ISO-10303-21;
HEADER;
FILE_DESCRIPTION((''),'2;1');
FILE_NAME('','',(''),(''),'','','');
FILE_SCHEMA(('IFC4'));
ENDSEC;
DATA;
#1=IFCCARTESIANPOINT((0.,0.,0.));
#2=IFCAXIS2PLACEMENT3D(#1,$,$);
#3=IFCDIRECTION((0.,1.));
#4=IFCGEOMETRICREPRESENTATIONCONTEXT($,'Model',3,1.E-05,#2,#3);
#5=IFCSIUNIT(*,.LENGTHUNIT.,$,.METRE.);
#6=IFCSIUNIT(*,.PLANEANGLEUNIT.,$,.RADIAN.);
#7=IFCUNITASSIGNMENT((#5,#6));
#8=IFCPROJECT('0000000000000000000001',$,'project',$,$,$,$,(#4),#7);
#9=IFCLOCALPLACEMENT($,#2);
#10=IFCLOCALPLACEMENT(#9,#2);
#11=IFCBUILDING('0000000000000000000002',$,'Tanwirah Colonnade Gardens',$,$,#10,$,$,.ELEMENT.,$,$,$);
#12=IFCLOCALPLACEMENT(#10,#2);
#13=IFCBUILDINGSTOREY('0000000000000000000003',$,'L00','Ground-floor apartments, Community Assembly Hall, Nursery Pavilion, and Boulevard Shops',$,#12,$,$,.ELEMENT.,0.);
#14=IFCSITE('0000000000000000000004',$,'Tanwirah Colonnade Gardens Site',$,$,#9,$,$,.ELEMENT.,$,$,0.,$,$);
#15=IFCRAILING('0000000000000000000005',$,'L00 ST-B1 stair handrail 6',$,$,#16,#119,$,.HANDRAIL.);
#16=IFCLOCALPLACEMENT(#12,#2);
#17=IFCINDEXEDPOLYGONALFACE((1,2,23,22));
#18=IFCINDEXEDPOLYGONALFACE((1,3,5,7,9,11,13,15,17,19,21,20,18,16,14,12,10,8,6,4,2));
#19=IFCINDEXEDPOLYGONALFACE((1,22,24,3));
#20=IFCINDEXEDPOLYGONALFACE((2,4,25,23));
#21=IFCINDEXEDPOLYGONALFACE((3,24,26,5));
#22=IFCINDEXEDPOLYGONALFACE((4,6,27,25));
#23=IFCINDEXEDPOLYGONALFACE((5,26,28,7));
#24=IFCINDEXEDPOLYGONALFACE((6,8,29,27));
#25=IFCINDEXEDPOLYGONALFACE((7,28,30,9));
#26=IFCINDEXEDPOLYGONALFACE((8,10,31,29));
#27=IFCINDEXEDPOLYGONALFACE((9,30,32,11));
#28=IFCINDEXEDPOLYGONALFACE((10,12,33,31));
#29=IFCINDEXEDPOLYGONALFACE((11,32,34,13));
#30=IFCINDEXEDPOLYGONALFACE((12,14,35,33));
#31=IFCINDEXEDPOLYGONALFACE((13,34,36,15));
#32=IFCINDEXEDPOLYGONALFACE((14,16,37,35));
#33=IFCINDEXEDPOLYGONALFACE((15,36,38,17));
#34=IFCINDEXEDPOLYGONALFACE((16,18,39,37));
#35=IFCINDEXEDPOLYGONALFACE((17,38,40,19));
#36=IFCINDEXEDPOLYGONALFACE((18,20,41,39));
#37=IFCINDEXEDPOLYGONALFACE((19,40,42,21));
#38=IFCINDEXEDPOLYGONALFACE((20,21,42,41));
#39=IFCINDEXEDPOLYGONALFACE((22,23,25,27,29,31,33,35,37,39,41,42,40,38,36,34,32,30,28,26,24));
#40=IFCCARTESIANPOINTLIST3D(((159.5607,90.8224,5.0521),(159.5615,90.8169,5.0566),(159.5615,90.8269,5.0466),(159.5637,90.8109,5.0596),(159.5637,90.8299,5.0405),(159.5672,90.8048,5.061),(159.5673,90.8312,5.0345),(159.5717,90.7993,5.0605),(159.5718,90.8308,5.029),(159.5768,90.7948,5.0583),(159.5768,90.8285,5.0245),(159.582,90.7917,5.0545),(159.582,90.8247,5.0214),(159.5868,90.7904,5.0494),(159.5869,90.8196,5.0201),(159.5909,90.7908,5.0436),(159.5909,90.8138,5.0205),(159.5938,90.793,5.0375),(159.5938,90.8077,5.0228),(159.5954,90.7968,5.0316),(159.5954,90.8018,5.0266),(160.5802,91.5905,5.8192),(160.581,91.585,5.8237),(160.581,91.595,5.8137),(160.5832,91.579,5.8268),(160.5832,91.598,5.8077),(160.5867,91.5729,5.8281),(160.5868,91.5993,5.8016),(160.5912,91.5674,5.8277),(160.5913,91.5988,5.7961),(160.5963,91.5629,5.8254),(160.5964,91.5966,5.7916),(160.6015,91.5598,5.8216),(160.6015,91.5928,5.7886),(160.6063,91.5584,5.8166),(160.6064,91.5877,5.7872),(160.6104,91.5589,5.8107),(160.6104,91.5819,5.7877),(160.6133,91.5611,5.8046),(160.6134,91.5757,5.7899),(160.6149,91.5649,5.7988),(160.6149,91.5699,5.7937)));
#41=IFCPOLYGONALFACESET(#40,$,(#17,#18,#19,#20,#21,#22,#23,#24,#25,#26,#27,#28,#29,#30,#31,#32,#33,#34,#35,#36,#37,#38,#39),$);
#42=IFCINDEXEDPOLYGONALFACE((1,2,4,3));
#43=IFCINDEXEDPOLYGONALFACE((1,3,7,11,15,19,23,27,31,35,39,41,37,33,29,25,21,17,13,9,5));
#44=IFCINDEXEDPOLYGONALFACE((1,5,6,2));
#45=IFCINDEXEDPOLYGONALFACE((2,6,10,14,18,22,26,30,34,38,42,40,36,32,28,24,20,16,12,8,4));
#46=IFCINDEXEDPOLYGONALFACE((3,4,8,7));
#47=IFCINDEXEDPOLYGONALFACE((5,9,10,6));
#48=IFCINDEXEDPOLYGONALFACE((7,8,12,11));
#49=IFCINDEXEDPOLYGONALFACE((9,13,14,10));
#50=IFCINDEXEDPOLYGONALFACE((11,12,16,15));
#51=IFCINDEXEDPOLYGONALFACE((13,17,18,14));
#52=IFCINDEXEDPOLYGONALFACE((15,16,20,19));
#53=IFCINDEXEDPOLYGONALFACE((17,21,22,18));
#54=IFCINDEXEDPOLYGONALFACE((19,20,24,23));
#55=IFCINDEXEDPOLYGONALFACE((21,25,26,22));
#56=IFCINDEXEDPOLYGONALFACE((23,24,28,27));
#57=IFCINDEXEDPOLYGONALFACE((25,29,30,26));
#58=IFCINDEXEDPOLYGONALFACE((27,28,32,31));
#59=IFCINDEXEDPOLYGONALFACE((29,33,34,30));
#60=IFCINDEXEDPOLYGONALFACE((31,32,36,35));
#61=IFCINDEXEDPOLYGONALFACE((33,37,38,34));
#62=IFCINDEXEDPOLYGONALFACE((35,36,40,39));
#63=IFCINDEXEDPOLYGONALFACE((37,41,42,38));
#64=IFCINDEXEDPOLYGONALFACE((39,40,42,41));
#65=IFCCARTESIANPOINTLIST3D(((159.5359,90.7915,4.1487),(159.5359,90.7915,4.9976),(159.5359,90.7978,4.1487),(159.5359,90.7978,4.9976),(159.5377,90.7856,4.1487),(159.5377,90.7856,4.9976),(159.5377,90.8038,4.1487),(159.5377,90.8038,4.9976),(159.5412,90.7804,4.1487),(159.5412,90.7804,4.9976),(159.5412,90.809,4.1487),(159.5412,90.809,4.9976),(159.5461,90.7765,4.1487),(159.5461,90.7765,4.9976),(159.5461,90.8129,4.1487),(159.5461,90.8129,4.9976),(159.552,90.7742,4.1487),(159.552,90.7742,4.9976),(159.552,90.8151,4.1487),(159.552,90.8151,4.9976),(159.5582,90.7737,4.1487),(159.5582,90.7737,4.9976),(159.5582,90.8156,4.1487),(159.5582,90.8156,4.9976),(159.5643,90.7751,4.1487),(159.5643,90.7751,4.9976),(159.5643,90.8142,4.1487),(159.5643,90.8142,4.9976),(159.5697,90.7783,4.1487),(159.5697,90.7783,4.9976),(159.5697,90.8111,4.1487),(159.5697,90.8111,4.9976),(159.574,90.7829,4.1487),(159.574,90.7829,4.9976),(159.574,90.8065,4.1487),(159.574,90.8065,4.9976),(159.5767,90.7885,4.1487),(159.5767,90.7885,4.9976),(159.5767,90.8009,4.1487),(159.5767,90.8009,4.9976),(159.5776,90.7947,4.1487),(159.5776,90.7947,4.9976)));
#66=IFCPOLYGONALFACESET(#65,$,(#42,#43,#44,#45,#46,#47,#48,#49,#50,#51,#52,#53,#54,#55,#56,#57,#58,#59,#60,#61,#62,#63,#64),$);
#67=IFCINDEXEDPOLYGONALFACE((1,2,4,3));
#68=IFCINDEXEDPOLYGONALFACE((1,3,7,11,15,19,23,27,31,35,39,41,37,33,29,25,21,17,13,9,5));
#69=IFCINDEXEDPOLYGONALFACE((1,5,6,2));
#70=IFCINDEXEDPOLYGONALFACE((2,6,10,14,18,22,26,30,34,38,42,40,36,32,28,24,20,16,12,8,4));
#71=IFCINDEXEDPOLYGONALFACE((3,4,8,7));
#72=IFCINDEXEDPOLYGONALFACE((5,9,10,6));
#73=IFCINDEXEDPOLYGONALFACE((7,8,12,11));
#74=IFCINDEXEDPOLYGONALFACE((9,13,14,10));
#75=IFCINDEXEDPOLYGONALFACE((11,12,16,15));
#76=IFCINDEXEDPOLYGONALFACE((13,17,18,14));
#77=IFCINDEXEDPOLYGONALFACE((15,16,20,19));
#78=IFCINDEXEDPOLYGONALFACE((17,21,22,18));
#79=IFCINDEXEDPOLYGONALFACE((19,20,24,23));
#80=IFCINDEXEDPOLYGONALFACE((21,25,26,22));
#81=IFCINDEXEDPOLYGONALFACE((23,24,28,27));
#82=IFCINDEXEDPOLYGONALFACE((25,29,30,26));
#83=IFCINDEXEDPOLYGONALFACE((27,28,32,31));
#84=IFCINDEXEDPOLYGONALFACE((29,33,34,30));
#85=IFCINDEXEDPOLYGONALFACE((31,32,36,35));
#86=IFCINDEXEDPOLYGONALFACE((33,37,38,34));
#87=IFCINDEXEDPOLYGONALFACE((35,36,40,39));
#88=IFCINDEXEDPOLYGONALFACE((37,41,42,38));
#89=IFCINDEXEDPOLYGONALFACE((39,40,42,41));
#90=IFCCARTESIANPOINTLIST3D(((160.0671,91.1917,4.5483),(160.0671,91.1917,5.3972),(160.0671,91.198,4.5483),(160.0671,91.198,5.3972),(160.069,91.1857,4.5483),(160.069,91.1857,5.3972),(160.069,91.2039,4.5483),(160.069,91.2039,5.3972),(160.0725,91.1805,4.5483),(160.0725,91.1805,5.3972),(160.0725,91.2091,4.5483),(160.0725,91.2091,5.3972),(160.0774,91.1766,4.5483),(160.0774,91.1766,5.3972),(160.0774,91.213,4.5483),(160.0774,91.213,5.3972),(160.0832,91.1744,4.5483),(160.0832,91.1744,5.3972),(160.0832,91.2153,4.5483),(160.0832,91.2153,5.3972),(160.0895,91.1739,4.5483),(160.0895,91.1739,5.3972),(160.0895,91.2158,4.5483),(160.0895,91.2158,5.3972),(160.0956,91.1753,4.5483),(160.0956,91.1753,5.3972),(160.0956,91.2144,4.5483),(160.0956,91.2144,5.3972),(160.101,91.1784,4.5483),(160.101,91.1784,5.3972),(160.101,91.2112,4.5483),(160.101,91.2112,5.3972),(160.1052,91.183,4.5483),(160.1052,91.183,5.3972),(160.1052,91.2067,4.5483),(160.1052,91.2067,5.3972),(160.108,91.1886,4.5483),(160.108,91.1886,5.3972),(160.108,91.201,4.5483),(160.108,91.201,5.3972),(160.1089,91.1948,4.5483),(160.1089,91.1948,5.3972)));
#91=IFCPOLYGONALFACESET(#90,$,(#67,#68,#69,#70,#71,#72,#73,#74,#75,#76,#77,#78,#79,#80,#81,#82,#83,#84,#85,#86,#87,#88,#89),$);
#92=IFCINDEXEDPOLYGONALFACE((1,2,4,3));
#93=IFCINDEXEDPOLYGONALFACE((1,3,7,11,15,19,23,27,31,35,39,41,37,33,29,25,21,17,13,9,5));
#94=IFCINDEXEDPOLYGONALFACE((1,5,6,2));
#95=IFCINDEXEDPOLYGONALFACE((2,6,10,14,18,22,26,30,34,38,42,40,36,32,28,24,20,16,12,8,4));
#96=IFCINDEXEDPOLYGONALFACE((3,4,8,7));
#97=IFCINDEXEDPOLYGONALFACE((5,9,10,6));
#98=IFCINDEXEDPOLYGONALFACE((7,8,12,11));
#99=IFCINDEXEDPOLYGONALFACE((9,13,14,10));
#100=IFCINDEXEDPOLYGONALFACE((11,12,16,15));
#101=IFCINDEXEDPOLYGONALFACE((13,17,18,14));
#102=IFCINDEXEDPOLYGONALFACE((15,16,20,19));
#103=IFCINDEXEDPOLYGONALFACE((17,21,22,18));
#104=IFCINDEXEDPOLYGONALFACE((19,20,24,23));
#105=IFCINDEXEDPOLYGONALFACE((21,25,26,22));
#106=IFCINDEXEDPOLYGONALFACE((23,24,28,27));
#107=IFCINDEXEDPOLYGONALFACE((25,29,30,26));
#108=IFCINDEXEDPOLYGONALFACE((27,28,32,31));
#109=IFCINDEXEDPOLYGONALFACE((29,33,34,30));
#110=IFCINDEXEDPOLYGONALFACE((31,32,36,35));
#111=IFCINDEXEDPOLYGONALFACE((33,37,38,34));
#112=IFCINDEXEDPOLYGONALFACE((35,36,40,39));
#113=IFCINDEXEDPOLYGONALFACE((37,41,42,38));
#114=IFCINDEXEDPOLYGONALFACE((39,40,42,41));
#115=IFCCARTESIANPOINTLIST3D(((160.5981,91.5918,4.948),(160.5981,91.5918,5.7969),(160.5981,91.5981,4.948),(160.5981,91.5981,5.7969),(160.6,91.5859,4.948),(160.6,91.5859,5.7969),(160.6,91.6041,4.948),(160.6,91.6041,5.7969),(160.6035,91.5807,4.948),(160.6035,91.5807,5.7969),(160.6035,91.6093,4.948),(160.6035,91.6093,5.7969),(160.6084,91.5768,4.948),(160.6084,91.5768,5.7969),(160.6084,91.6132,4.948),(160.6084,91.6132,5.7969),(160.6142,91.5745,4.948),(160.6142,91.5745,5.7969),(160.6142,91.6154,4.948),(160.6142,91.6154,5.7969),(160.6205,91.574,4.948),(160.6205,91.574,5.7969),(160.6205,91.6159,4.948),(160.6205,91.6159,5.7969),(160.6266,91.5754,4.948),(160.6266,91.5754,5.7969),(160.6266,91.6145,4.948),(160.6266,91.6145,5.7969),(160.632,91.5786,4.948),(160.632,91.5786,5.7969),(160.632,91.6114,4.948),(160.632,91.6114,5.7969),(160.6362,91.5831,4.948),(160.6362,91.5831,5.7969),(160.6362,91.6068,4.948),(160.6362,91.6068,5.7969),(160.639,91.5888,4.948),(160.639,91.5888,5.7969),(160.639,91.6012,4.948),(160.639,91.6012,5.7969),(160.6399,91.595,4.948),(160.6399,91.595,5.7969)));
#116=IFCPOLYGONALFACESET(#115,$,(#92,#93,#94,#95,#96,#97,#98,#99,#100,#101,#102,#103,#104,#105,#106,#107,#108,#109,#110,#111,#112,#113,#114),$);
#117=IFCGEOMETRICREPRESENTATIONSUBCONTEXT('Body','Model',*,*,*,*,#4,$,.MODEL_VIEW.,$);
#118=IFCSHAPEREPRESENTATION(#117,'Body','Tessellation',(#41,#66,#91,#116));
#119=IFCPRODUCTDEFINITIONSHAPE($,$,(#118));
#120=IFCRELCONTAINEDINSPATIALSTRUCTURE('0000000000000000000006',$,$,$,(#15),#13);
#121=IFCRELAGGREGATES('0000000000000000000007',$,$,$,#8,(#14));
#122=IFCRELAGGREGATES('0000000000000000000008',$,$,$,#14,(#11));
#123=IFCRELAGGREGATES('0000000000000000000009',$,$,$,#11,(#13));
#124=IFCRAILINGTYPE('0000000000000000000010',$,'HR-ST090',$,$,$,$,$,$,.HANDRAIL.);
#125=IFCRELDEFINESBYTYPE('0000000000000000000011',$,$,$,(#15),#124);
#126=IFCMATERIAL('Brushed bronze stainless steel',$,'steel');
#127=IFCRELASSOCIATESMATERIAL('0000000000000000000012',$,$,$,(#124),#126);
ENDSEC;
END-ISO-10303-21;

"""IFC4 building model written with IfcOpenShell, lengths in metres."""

from ifc_helpers import new_model, si_unit, direction, frame, origin, origin_2d, place, context, subcontext, project, spatial, circle, extrude, material, type_object, element, save


model = new_model("IFC4")

# Units and contexts
model_context = context("Model", 3, precision=1e-05, world=origin(), true_north=direction((0.0, 1.0)))
body_context = subcontext(model_context, "Body", "Model", "MODEL_VIEW")
ifc_project = project(units=[si_unit("LENGTHUNIT", "METRE"), si_unit("PLANEANGLEUNIT", "RADIAN")], contexts=[model_context])

# Site, building, storey
site_placement = place(None, origin())
site = spatial("IfcSite", under=ifc_project, at=site_placement, Name="Tanwirah Colonnade Gardens Site", CompositionType="ELEMENT", RefElevation=0.0)
building_placement = place(site_placement, origin())
building = spatial("IfcBuilding", under=site, at=building_placement, Name="Tanwirah Colonnade Gardens", CompositionType="ELEMENT")
storey_placement = place(building_placement, origin())
storey = spatial("IfcBuildingStorey", under=building, at=storey_placement, Name="L00", Description="Ground-floor apartments, Community Assembly Hall, Nursery Pavilion, and Boulevard Shops", CompositionType="ELEMENT", Elevation=0.0)

# Railing
ifc_material_1 = material(Name="Brushed bronze stainless steel", Category="steel")
railing_type = type_object("IfcRailingType", Name="HR-ST090", PredefinedType="HANDRAIL", material=ifc_material_1)
railing_1_placement = place(storey_placement, frame((159.5566, 90.7947, 4.1487)))
element("IfcRailing", 1, at=railing_1_placement, inside=storey, type_object=railing_type, Name="L00 ST-B1 stair handrail 6", PredefinedType="HANDRAIL", context=body_context, shape_type="SweptSolid", body=[
    extrude(circle(Radius=0.0239, at=origin_2d()), frame((0.0215, 0.0161, 0.8918), z_axis=(0.684577, 0.515753, 0.515124), x_axis=(-0.601731, 0.798698, 0.0)), (0.0, 0.0, 1.0), 1.4893),
    extrude(circle(Radius=0.021, at=origin_2d()), origin(), (0.0, 0.0, 1.0), 0.8489),
    extrude(circle(Radius=0.021, at=origin_2d()), frame((0.5312, 0.4001, 0.3997)), (0.0, 0.0, 1.0), 0.8489),
    extrude(circle(Radius=0.021, at=origin_2d()), frame((1.0623, 0.8003, 0.7993)), (0.0, 0.0, 1.0), 0.8489),
])

save(model, "model.ifc")
